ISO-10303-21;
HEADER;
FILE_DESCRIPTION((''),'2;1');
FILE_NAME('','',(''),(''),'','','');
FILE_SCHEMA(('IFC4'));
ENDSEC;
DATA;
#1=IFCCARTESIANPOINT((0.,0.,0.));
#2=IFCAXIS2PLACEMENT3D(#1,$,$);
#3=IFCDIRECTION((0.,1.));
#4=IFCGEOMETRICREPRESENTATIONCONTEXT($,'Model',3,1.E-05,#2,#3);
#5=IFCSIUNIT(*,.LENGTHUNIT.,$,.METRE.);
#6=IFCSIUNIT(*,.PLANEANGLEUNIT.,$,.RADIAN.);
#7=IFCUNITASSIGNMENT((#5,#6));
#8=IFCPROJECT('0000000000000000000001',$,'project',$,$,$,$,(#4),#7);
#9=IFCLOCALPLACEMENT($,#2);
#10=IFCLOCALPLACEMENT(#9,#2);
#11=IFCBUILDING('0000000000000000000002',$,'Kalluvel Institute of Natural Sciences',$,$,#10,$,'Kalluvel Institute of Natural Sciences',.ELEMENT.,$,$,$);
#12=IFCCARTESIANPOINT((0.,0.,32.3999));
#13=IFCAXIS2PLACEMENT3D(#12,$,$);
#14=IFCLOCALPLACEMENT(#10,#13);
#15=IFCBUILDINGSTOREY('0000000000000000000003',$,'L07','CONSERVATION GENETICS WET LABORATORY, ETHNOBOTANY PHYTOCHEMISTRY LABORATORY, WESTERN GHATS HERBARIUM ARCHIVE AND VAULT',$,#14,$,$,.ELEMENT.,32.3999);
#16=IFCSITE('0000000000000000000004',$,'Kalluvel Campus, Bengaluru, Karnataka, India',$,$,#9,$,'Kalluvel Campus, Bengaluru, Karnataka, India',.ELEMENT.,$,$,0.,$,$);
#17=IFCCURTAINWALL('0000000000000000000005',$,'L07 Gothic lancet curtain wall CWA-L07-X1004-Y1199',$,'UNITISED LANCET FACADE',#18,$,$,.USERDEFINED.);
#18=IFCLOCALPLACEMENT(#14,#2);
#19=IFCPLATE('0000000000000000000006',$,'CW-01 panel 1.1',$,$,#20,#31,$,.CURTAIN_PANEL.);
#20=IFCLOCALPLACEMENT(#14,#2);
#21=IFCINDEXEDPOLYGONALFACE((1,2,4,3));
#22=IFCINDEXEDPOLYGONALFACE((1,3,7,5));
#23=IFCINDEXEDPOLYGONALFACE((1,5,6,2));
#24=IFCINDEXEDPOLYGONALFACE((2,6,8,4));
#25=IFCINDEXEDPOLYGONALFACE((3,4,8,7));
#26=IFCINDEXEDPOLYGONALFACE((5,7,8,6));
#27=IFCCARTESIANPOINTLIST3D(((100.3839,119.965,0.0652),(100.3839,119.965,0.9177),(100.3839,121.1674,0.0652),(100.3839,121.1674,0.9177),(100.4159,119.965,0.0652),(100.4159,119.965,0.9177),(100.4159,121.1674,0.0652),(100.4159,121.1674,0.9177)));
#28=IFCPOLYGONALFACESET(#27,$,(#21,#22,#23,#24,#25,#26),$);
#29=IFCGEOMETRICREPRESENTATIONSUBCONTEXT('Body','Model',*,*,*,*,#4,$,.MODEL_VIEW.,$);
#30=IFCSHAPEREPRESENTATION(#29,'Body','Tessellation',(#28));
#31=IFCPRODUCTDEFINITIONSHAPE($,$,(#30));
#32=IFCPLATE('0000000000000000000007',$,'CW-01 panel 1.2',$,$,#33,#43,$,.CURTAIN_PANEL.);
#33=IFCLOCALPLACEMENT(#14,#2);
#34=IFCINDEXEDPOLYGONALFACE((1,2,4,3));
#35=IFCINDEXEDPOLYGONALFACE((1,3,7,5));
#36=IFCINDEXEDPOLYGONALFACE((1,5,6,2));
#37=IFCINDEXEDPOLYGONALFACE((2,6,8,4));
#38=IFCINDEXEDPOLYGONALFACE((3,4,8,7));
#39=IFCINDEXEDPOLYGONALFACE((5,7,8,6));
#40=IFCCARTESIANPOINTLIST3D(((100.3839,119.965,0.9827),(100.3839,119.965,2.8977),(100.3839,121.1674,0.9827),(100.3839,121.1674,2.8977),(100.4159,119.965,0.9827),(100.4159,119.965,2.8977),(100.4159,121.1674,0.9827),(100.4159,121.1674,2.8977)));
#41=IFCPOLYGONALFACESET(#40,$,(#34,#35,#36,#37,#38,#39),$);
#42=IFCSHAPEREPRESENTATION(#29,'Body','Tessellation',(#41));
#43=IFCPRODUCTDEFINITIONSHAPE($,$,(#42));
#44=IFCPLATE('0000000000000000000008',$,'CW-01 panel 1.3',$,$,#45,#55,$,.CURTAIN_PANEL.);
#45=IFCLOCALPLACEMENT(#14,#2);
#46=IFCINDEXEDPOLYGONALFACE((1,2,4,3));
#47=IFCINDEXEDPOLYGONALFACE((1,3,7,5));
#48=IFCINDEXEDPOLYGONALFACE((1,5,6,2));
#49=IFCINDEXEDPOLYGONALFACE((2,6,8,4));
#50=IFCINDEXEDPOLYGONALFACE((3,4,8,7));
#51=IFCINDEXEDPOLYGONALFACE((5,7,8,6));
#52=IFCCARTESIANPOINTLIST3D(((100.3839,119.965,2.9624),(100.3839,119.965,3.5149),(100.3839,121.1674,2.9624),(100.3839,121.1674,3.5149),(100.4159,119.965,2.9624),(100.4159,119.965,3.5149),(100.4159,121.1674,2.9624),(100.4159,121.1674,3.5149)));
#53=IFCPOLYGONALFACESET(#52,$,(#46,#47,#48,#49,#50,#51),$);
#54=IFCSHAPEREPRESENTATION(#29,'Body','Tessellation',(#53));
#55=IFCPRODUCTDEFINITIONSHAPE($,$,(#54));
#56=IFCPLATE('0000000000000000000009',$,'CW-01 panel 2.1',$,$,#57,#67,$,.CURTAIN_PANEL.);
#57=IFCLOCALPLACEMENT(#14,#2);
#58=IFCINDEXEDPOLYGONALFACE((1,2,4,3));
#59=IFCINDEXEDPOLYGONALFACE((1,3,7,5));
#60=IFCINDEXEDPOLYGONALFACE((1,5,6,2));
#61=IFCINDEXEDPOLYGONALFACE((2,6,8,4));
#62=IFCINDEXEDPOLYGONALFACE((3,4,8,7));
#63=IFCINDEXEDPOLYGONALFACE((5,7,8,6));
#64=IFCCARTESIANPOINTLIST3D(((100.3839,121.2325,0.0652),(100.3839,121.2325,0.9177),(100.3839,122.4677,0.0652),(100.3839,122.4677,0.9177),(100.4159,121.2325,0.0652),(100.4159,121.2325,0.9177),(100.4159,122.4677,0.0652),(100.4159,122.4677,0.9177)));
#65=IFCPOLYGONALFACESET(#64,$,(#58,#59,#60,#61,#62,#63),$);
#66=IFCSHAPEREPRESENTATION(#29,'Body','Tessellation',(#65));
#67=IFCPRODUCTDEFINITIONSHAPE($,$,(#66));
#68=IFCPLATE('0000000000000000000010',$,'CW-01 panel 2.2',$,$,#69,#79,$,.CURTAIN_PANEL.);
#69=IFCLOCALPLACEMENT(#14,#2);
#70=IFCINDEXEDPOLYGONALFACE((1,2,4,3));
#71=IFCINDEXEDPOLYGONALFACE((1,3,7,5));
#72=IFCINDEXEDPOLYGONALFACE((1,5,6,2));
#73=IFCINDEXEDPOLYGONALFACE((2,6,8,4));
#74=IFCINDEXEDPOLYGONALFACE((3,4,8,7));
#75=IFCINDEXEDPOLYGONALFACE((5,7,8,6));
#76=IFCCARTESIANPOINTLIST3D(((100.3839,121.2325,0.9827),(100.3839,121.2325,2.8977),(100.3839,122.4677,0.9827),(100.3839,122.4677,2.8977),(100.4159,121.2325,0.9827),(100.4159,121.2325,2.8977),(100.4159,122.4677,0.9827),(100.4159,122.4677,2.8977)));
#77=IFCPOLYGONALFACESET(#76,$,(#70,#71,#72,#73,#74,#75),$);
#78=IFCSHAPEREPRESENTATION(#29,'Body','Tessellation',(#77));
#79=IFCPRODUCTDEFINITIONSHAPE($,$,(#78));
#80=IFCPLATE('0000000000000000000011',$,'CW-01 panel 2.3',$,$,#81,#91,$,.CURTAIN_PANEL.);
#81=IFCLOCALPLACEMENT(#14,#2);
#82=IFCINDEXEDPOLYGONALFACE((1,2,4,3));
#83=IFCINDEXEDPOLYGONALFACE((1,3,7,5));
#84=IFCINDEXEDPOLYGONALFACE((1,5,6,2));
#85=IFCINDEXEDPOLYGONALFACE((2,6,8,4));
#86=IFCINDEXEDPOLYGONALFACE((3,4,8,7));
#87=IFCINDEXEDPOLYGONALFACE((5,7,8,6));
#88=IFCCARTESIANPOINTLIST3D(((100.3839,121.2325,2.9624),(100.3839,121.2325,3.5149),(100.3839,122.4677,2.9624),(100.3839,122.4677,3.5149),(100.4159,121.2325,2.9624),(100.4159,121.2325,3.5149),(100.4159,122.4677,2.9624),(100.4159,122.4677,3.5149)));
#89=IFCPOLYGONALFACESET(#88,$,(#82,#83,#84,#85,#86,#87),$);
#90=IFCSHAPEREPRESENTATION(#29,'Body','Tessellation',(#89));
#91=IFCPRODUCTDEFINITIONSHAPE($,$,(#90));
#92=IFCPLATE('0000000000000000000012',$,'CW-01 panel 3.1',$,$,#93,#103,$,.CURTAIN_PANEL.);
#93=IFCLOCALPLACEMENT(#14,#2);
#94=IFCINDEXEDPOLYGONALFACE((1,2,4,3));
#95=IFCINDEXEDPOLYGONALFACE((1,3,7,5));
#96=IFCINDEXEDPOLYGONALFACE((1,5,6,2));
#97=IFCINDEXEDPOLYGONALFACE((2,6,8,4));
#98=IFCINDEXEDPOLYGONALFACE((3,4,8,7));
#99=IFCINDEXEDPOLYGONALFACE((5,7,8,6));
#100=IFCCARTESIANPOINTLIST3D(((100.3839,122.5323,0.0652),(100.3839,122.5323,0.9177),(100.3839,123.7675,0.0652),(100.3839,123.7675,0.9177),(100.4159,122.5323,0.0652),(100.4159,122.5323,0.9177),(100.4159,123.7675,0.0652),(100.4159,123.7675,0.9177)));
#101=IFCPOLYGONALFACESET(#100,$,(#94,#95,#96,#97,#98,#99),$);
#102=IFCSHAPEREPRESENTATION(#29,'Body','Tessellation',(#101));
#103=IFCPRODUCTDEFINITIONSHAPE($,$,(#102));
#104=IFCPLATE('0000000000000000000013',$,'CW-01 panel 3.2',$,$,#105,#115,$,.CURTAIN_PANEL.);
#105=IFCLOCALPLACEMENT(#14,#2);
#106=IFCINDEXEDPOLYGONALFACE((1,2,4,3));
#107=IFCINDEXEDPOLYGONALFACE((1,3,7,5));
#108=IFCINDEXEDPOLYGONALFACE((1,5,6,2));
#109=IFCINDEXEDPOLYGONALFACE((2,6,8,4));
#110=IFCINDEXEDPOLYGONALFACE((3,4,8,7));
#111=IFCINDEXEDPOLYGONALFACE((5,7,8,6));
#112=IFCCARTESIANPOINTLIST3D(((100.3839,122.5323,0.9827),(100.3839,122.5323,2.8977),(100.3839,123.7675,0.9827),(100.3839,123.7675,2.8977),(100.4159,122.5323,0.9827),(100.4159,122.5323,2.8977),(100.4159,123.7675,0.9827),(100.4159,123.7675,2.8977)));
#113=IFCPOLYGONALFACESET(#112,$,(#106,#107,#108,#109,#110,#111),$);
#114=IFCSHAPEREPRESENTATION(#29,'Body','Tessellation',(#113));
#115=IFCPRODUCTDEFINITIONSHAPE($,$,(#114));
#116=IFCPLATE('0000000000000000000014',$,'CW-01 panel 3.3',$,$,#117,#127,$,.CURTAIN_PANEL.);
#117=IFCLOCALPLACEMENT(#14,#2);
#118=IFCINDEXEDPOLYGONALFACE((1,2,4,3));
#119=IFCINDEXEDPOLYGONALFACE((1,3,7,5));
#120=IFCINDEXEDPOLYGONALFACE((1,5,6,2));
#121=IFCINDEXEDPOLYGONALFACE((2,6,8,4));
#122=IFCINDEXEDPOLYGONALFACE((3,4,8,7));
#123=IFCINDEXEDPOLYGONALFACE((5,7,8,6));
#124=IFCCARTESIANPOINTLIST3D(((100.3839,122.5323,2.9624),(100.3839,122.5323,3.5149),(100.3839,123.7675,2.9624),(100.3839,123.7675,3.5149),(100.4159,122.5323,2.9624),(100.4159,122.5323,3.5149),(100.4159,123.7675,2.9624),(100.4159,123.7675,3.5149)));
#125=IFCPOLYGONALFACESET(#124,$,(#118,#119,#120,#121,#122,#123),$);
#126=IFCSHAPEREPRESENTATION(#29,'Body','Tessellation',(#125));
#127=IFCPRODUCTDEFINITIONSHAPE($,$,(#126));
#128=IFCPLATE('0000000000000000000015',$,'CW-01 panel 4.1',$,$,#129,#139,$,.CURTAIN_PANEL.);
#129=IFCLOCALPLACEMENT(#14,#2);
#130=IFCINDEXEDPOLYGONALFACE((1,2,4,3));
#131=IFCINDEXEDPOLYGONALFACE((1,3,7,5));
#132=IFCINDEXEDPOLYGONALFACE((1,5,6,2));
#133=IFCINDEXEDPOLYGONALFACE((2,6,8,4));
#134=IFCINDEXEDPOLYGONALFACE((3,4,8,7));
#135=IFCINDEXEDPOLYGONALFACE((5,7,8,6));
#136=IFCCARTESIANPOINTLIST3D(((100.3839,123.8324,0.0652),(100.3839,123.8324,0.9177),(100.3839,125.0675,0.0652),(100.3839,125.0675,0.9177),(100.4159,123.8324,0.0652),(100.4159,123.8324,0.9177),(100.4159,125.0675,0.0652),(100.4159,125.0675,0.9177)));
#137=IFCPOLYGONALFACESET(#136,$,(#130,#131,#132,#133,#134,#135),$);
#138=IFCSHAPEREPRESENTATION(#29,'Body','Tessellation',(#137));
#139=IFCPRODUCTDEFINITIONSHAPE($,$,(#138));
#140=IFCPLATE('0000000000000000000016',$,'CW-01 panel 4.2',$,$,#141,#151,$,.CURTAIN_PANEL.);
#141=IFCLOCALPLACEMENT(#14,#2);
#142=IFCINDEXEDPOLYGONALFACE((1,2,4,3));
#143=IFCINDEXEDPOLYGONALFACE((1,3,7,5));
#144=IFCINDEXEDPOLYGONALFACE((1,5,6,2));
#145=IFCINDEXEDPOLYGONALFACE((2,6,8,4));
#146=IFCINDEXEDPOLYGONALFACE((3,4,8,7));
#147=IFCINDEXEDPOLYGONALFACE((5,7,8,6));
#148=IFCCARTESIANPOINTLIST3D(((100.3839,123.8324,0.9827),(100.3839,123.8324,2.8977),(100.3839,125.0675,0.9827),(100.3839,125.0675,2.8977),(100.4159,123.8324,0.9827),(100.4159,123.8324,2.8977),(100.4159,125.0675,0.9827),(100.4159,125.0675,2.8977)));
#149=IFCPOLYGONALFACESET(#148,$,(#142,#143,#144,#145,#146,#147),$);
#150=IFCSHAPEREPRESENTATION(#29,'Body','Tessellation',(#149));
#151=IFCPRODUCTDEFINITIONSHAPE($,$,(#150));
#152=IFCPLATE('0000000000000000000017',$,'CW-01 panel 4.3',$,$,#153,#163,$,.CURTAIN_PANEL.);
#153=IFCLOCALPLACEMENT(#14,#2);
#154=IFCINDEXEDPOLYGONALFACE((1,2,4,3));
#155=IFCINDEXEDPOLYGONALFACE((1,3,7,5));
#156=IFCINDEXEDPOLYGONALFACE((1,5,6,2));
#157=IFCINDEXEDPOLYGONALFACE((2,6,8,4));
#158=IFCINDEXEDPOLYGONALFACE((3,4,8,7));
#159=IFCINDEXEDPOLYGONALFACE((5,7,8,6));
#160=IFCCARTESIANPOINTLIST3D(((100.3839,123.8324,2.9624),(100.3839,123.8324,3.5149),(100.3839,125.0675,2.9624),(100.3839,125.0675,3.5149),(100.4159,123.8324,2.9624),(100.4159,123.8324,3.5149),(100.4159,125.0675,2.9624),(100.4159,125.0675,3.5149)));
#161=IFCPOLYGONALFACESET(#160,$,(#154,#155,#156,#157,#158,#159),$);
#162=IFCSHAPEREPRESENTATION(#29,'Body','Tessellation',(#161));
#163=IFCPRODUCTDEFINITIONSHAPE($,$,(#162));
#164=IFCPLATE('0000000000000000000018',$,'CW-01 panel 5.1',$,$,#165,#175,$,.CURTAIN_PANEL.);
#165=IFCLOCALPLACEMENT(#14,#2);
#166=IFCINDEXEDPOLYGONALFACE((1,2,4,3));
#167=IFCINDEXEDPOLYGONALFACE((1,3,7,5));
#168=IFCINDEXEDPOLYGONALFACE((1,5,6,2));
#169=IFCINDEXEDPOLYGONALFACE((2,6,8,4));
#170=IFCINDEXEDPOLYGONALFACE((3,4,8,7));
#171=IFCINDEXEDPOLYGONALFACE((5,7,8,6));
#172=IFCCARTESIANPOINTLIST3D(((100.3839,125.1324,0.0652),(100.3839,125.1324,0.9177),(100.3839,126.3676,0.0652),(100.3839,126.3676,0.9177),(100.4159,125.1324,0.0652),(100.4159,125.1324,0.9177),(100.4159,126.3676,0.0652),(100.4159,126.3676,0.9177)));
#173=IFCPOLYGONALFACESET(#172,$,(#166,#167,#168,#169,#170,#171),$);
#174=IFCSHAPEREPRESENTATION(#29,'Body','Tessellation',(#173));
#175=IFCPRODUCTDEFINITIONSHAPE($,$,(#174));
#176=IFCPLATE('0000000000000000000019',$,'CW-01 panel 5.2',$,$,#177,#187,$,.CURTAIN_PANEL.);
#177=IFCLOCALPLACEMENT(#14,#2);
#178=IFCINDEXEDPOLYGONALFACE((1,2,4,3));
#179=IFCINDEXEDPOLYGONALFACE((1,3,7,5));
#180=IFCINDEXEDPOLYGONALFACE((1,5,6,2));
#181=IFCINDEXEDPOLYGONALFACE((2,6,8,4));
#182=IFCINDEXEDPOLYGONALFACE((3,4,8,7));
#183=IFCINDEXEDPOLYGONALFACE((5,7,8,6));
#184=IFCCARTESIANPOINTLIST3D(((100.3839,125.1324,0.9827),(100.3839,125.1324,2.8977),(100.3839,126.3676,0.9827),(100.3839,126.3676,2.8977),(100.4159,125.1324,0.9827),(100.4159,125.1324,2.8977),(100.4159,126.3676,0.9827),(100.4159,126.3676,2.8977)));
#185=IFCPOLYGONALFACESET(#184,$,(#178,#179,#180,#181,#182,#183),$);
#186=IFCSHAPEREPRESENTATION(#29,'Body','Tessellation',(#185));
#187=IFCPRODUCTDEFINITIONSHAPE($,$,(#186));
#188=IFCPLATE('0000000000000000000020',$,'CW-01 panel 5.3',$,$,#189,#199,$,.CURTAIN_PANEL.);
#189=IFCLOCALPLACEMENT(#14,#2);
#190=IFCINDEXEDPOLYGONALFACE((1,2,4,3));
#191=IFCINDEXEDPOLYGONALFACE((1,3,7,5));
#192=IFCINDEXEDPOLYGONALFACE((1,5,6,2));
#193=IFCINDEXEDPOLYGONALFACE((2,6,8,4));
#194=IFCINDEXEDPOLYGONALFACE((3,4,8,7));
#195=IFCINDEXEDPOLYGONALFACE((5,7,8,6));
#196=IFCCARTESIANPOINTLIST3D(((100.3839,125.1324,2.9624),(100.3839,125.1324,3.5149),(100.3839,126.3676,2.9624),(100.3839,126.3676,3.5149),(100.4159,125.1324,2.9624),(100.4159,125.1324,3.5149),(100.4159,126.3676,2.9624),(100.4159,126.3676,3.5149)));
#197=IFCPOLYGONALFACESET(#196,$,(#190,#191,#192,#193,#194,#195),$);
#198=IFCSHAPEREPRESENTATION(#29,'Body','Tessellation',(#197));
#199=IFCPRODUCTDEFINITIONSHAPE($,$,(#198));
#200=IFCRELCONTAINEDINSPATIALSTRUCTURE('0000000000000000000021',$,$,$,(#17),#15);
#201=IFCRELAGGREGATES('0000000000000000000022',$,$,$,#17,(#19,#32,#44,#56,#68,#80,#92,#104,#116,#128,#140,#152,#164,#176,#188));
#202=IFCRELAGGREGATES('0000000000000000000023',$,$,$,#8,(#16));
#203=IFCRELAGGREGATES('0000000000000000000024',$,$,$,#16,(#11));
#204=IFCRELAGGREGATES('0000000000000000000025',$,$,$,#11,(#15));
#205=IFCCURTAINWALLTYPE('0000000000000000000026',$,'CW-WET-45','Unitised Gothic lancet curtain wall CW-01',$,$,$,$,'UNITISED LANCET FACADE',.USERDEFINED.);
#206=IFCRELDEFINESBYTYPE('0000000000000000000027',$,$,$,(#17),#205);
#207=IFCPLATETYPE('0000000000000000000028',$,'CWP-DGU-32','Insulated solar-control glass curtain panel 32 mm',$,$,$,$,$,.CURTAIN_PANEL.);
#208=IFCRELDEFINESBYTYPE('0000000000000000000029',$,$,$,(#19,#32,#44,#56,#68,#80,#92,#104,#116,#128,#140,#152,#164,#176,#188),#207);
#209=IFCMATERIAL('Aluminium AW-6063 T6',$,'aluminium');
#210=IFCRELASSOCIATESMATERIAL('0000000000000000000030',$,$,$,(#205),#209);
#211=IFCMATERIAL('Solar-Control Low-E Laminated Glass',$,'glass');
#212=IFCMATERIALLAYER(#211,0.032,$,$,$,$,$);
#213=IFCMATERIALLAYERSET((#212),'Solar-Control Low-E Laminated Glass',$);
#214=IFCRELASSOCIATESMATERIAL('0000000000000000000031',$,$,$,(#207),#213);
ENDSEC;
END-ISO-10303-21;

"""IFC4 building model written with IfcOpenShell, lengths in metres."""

from ifc_helpers import new_model, si_unit, direction, frame, origin, origin_2d, place, context, subcontext, project, spatial, rectangle, extrude, material, layer, layer_set, type_object, element, aggregate, save


model = new_model("IFC4")

# Units and contexts
model_context = context("Model", 3, precision=1e-05, world=origin(), true_north=direction((0.0, 1.0)))
body_context = subcontext(model_context, "Body", "Model", "MODEL_VIEW")
ifc_project = project(units=[si_unit("LENGTHUNIT", "METRE"), si_unit("PLANEANGLEUNIT", "RADIAN")], contexts=[model_context])

# Site, building, storey
site_placement = place(None, origin())
site = spatial("IfcSite", under=ifc_project, at=site_placement, Name="Kalluvel Campus, Bengaluru, Karnataka, India", LongName="Kalluvel Campus, Bengaluru, Karnataka, India", CompositionType="ELEMENT", RefElevation=0.0)
building_placement = place(site_placement, origin())
building = spatial("IfcBuilding", under=site, at=building_placement, Name="Kalluvel Institute of Natural Sciences", LongName="Kalluvel Institute of Natural Sciences", CompositionType="ELEMENT")
storey_placement = place(building_placement, frame((0.0, 0.0, 32.3999)))
storey = spatial("IfcBuildingStorey", under=building, at=storey_placement, Name="L07", Description="CONSERVATION GENETICS WET LABORATORY, ETHNOBOTANY PHYTOCHEMISTRY LABORATORY, WESTERN GHATS HERBARIUM ARCHIVE AND VAULT", CompositionType="ELEMENT", Elevation=32.3999)

# Curtain wall, plates
ifc_material_1 = material(Name="Aluminium AW-6063 T6", Category="aluminium")
curtain_wall_type = type_object("IfcCurtainWallType", Name="CW-WET-45", Description="Unitised Gothic lancet curtain wall CW-01", ElementType="UNITISED LANCET FACADE", PredefinedType="USERDEFINED", material=ifc_material_1)
curtain_wall_placement = place(storey_placement, origin())
curtain_wall = element("IfcCurtainWall", 1, at=curtain_wall_placement, inside=storey, type_object=curtain_wall_type, Name="L07 Gothic lancet curtain wall CWA-L07-X1004-Y1199", ObjectType="UNITISED LANCET FACADE", PredefinedType="USERDEFINED")
ifc_material_2 = material(Name="Solar-Control Low-E Laminated Glass", Category="glass")
ifc_layer = layer(ifc_material_2, 0.032)
ifc_layer_set = layer_set([ifc_layer], Name="Solar-Control Low-E Laminated Glass")
plate_type = type_object("IfcPlateType", Name="CWP-DGU-32", Description="Insulated solar-control glass curtain panel 32 mm", PredefinedType="CURTAIN_PANEL", material=ifc_layer_set)
plate_1_placement = place(storey_placement, frame((100.3999, 120.5662, 0.0652), z_axis=(0.0, 0.0, 1.0), x_axis=(0.0, 1.0, 0.0)))
plate_1 = element("IfcPlate", 2, at=plate_1_placement, type_object=plate_type, Name="CW-01 panel 1.1", PredefinedType="CURTAIN_PANEL", context=body_context, shape_type="SweptSolid", body=[
    extrude(rectangle(XDim=1.2024, YDim=0.032, at=origin_2d()), origin(), (0.0, 0.0, 1.0), 0.8525),
])
plate_2_placement = place(storey_placement, frame((100.3999, 120.5662, 0.9827), z_axis=(0.0, 0.0, 1.0), x_axis=(0.0, 1.0, 0.0)))
plate_2 = element("IfcPlate", 3, at=plate_2_placement, type_object=plate_type, Name="CW-01 panel 1.2", PredefinedType="CURTAIN_PANEL", context=body_context, shape_type="SweptSolid", body=[
    extrude(rectangle(XDim=1.2024, YDim=0.032, at=origin_2d()), origin(), (0.0, 0.0, 1.0), 1.915),
])
plate_3_placement = place(storey_placement, frame((100.3999, 120.5662, 2.9624), z_axis=(0.0, 0.0, 1.0), x_axis=(0.0, 1.0, 0.0)))
plate_3 = element("IfcPlate", 4, at=plate_3_placement, type_object=plate_type, Name="CW-01 panel 1.3", PredefinedType="CURTAIN_PANEL", context=body_context, shape_type="SweptSolid", body=[
    extrude(rectangle(XDim=1.2024, YDim=0.032, at=origin_2d()), origin(), (0.0, 0.0, 1.0), 0.5525),
])
plate_4_placement = place(storey_placement, frame((100.3999, 121.8501, 0.0652), z_axis=(0.0, 0.0, 1.0), x_axis=(0.0, 1.0, 0.0)))
plate_4 = element("IfcPlate", 5, at=plate_4_placement, type_object=plate_type, Name="CW-01 panel 2.1", PredefinedType="CURTAIN_PANEL", context=body_context, shape_type="SweptSolid", body=[
    extrude(rectangle(XDim=1.2351, YDim=0.032, at=origin_2d()), origin(), (0.0, 0.0, 1.0), 0.8525),
])
plate_5_placement = place(storey_placement, frame((100.3999, 121.8501, 0.9827), z_axis=(0.0, 0.0, 1.0), x_axis=(0.0, 1.0, 0.0)))
plate_5 = element("IfcPlate", 6, at=plate_5_placement, type_object=plate_type, Name="CW-01 panel 2.2", PredefinedType="CURTAIN_PANEL", context=body_context, shape_type="SweptSolid", body=[
    extrude(rectangle(XDim=1.2351, YDim=0.032, at=origin_2d()), origin(), (0.0, 0.0, 1.0), 1.915),
])
plate_6_placement = place(storey_placement, frame((100.3999, 121.8501, 2.9624), z_axis=(0.0, 0.0, 1.0), x_axis=(0.0, 1.0, 0.0)))
plate_6 = element("IfcPlate", 7, at=plate_6_placement, type_object=plate_type, Name="CW-01 panel 2.3", PredefinedType="CURTAIN_PANEL", context=body_context, shape_type="SweptSolid", body=[
    extrude(rectangle(XDim=1.2351, YDim=0.032, at=origin_2d()), origin(), (0.0, 0.0, 1.0), 0.5525),
])
plate_7_placement = place(storey_placement, frame((100.3999, 123.1499, 0.0652), z_axis=(0.0, 0.0, 1.0), x_axis=(0.0, 1.0, 0.0)))
plate_7 = element("IfcPlate", 8, at=plate_7_placement, type_object=plate_type, Name="CW-01 panel 3.1", PredefinedType="CURTAIN_PANEL", context=body_context, shape_type="SweptSolid", body=[
    extrude(rectangle(XDim=1.2351, YDim=0.032, at=origin_2d()), origin(), (0.0, 0.0, 1.0), 0.8525),
])
plate_8_placement = place(storey_placement, frame((100.3999, 123.1499, 0.9827), z_axis=(0.0, 0.0, 1.0), x_axis=(0.0, 1.0, 0.0)))
plate_8 = element("IfcPlate", 9, at=plate_8_placement, type_object=plate_type, Name="CW-01 panel 3.2", PredefinedType="CURTAIN_PANEL", context=body_context, shape_type="SweptSolid", body=[
    extrude(rectangle(XDim=1.2351, YDim=0.032, at=origin_2d()), origin(), (0.0, 0.0, 1.0), 1.915),
])
plate_9_placement = place(storey_placement, frame((100.3999, 123.1499, 2.9624), z_axis=(0.0, 0.0, 1.0), x_axis=(0.0, 1.0, 0.0)))
plate_9 = element("IfcPlate", 10, at=plate_9_placement, type_object=plate_type, Name="CW-01 panel 3.3", PredefinedType="CURTAIN_PANEL", context=body_context, shape_type="SweptSolid", body=[
    extrude(rectangle(XDim=1.2351, YDim=0.032, at=origin_2d()), origin(), (0.0, 0.0, 1.0), 0.5525),
])
plate_10_placement = place(storey_placement, frame((100.3999, 124.45, 0.0652), z_axis=(0.0, 0.0, 1.0), x_axis=(0.0, 1.0, 0.0)))
plate_10 = element("IfcPlate", 11, at=plate_10_placement, type_object=plate_type, Name="CW-01 panel 4.1", PredefinedType="CURTAIN_PANEL", context=body_context, shape_type="SweptSolid", body=[
    extrude(rectangle(XDim=1.2351, YDim=0.032, at=origin_2d()), origin(), (0.0, 0.0, 1.0), 0.8525),
])
plate_11_placement = place(storey_placement, frame((100.3999, 124.45, 0.9827), z_axis=(0.0, 0.0, 1.0), x_axis=(0.0, 1.0, 0.0)))
plate_11 = element("IfcPlate", 12, at=plate_11_placement, type_object=plate_type, Name="CW-01 panel 4.2", PredefinedType="CURTAIN_PANEL", context=body_context, shape_type="SweptSolid", body=[
    extrude(rectangle(XDim=1.2351, YDim=0.032, at=origin_2d()), origin(), (0.0, 0.0, 1.0), 1.915),
])
plate_12_placement = place(storey_placement, frame((100.3999, 124.45, 2.9624), z_axis=(0.0, 0.0, 1.0), x_axis=(0.0, 1.0, 0.0)))
plate_12 = element("IfcPlate", 13, at=plate_12_placement, type_object=plate_type, Name="CW-01 panel 4.3", PredefinedType="CURTAIN_PANEL", context=body_context, shape_type="SweptSolid", body=[
    extrude(rectangle(XDim=1.2351, YDim=0.032, at=origin_2d()), origin(), (0.0, 0.0, 1.0), 0.5525),
])
plate_13_placement = place(storey_placement, frame((100.3999, 125.75, 0.0652), z_axis=(0.0, 0.0, 1.0), x_axis=(0.0, 1.0, 0.0)))
plate_13 = element("IfcPlate", 14, at=plate_13_placement, type_object=plate_type, Name="CW-01 panel 5.1", PredefinedType="CURTAIN_PANEL", context=body_context, shape_type="SweptSolid", body=[
    extrude(rectangle(XDim=1.2351, YDim=0.032, at=origin_2d()), origin(), (0.0, 0.0, 1.0), 0.8525),
])
plate_14_placement = place(storey_placement, frame((100.3999, 125.75, 0.9827), z_axis=(0.0, 0.0, 1.0), x_axis=(0.0, 1.0, 0.0)))
plate_14 = element("IfcPlate", 15, at=plate_14_placement, type_object=plate_type, Name="CW-01 panel 5.2", PredefinedType="CURTAIN_PANEL", context=body_context, shape_type="SweptSolid", body=[
    extrude(rectangle(XDim=1.2351, YDim=0.032, at=origin_2d()), origin(), (0.0, 0.0, 1.0), 1.915),
])
plate_15_placement = place(storey_placement, frame((100.3999, 125.75, 2.9624), z_axis=(0.0, 0.0, 1.0), x_axis=(0.0, 1.0, 0.0)))
plate_15 = element("IfcPlate", 16, at=plate_15_placement, type_object=plate_type, Name="CW-01 panel 5.3", PredefinedType="CURTAIN_PANEL", context=body_context, shape_type="SweptSolid", body=[
    extrude(rectangle(XDim=1.2351, YDim=0.032, at=origin_2d()), origin(), (0.0, 0.0, 1.0), 0.5525),
])
aggregate(curtain_wall, [plate_1, plate_2, plate_3, plate_4, plate_5, plate_6, plate_7, plate_8, plate_9, plate_10, plate_11, plate_12, plate_13, plate_14, plate_15])

save(model, "model.ifc")
